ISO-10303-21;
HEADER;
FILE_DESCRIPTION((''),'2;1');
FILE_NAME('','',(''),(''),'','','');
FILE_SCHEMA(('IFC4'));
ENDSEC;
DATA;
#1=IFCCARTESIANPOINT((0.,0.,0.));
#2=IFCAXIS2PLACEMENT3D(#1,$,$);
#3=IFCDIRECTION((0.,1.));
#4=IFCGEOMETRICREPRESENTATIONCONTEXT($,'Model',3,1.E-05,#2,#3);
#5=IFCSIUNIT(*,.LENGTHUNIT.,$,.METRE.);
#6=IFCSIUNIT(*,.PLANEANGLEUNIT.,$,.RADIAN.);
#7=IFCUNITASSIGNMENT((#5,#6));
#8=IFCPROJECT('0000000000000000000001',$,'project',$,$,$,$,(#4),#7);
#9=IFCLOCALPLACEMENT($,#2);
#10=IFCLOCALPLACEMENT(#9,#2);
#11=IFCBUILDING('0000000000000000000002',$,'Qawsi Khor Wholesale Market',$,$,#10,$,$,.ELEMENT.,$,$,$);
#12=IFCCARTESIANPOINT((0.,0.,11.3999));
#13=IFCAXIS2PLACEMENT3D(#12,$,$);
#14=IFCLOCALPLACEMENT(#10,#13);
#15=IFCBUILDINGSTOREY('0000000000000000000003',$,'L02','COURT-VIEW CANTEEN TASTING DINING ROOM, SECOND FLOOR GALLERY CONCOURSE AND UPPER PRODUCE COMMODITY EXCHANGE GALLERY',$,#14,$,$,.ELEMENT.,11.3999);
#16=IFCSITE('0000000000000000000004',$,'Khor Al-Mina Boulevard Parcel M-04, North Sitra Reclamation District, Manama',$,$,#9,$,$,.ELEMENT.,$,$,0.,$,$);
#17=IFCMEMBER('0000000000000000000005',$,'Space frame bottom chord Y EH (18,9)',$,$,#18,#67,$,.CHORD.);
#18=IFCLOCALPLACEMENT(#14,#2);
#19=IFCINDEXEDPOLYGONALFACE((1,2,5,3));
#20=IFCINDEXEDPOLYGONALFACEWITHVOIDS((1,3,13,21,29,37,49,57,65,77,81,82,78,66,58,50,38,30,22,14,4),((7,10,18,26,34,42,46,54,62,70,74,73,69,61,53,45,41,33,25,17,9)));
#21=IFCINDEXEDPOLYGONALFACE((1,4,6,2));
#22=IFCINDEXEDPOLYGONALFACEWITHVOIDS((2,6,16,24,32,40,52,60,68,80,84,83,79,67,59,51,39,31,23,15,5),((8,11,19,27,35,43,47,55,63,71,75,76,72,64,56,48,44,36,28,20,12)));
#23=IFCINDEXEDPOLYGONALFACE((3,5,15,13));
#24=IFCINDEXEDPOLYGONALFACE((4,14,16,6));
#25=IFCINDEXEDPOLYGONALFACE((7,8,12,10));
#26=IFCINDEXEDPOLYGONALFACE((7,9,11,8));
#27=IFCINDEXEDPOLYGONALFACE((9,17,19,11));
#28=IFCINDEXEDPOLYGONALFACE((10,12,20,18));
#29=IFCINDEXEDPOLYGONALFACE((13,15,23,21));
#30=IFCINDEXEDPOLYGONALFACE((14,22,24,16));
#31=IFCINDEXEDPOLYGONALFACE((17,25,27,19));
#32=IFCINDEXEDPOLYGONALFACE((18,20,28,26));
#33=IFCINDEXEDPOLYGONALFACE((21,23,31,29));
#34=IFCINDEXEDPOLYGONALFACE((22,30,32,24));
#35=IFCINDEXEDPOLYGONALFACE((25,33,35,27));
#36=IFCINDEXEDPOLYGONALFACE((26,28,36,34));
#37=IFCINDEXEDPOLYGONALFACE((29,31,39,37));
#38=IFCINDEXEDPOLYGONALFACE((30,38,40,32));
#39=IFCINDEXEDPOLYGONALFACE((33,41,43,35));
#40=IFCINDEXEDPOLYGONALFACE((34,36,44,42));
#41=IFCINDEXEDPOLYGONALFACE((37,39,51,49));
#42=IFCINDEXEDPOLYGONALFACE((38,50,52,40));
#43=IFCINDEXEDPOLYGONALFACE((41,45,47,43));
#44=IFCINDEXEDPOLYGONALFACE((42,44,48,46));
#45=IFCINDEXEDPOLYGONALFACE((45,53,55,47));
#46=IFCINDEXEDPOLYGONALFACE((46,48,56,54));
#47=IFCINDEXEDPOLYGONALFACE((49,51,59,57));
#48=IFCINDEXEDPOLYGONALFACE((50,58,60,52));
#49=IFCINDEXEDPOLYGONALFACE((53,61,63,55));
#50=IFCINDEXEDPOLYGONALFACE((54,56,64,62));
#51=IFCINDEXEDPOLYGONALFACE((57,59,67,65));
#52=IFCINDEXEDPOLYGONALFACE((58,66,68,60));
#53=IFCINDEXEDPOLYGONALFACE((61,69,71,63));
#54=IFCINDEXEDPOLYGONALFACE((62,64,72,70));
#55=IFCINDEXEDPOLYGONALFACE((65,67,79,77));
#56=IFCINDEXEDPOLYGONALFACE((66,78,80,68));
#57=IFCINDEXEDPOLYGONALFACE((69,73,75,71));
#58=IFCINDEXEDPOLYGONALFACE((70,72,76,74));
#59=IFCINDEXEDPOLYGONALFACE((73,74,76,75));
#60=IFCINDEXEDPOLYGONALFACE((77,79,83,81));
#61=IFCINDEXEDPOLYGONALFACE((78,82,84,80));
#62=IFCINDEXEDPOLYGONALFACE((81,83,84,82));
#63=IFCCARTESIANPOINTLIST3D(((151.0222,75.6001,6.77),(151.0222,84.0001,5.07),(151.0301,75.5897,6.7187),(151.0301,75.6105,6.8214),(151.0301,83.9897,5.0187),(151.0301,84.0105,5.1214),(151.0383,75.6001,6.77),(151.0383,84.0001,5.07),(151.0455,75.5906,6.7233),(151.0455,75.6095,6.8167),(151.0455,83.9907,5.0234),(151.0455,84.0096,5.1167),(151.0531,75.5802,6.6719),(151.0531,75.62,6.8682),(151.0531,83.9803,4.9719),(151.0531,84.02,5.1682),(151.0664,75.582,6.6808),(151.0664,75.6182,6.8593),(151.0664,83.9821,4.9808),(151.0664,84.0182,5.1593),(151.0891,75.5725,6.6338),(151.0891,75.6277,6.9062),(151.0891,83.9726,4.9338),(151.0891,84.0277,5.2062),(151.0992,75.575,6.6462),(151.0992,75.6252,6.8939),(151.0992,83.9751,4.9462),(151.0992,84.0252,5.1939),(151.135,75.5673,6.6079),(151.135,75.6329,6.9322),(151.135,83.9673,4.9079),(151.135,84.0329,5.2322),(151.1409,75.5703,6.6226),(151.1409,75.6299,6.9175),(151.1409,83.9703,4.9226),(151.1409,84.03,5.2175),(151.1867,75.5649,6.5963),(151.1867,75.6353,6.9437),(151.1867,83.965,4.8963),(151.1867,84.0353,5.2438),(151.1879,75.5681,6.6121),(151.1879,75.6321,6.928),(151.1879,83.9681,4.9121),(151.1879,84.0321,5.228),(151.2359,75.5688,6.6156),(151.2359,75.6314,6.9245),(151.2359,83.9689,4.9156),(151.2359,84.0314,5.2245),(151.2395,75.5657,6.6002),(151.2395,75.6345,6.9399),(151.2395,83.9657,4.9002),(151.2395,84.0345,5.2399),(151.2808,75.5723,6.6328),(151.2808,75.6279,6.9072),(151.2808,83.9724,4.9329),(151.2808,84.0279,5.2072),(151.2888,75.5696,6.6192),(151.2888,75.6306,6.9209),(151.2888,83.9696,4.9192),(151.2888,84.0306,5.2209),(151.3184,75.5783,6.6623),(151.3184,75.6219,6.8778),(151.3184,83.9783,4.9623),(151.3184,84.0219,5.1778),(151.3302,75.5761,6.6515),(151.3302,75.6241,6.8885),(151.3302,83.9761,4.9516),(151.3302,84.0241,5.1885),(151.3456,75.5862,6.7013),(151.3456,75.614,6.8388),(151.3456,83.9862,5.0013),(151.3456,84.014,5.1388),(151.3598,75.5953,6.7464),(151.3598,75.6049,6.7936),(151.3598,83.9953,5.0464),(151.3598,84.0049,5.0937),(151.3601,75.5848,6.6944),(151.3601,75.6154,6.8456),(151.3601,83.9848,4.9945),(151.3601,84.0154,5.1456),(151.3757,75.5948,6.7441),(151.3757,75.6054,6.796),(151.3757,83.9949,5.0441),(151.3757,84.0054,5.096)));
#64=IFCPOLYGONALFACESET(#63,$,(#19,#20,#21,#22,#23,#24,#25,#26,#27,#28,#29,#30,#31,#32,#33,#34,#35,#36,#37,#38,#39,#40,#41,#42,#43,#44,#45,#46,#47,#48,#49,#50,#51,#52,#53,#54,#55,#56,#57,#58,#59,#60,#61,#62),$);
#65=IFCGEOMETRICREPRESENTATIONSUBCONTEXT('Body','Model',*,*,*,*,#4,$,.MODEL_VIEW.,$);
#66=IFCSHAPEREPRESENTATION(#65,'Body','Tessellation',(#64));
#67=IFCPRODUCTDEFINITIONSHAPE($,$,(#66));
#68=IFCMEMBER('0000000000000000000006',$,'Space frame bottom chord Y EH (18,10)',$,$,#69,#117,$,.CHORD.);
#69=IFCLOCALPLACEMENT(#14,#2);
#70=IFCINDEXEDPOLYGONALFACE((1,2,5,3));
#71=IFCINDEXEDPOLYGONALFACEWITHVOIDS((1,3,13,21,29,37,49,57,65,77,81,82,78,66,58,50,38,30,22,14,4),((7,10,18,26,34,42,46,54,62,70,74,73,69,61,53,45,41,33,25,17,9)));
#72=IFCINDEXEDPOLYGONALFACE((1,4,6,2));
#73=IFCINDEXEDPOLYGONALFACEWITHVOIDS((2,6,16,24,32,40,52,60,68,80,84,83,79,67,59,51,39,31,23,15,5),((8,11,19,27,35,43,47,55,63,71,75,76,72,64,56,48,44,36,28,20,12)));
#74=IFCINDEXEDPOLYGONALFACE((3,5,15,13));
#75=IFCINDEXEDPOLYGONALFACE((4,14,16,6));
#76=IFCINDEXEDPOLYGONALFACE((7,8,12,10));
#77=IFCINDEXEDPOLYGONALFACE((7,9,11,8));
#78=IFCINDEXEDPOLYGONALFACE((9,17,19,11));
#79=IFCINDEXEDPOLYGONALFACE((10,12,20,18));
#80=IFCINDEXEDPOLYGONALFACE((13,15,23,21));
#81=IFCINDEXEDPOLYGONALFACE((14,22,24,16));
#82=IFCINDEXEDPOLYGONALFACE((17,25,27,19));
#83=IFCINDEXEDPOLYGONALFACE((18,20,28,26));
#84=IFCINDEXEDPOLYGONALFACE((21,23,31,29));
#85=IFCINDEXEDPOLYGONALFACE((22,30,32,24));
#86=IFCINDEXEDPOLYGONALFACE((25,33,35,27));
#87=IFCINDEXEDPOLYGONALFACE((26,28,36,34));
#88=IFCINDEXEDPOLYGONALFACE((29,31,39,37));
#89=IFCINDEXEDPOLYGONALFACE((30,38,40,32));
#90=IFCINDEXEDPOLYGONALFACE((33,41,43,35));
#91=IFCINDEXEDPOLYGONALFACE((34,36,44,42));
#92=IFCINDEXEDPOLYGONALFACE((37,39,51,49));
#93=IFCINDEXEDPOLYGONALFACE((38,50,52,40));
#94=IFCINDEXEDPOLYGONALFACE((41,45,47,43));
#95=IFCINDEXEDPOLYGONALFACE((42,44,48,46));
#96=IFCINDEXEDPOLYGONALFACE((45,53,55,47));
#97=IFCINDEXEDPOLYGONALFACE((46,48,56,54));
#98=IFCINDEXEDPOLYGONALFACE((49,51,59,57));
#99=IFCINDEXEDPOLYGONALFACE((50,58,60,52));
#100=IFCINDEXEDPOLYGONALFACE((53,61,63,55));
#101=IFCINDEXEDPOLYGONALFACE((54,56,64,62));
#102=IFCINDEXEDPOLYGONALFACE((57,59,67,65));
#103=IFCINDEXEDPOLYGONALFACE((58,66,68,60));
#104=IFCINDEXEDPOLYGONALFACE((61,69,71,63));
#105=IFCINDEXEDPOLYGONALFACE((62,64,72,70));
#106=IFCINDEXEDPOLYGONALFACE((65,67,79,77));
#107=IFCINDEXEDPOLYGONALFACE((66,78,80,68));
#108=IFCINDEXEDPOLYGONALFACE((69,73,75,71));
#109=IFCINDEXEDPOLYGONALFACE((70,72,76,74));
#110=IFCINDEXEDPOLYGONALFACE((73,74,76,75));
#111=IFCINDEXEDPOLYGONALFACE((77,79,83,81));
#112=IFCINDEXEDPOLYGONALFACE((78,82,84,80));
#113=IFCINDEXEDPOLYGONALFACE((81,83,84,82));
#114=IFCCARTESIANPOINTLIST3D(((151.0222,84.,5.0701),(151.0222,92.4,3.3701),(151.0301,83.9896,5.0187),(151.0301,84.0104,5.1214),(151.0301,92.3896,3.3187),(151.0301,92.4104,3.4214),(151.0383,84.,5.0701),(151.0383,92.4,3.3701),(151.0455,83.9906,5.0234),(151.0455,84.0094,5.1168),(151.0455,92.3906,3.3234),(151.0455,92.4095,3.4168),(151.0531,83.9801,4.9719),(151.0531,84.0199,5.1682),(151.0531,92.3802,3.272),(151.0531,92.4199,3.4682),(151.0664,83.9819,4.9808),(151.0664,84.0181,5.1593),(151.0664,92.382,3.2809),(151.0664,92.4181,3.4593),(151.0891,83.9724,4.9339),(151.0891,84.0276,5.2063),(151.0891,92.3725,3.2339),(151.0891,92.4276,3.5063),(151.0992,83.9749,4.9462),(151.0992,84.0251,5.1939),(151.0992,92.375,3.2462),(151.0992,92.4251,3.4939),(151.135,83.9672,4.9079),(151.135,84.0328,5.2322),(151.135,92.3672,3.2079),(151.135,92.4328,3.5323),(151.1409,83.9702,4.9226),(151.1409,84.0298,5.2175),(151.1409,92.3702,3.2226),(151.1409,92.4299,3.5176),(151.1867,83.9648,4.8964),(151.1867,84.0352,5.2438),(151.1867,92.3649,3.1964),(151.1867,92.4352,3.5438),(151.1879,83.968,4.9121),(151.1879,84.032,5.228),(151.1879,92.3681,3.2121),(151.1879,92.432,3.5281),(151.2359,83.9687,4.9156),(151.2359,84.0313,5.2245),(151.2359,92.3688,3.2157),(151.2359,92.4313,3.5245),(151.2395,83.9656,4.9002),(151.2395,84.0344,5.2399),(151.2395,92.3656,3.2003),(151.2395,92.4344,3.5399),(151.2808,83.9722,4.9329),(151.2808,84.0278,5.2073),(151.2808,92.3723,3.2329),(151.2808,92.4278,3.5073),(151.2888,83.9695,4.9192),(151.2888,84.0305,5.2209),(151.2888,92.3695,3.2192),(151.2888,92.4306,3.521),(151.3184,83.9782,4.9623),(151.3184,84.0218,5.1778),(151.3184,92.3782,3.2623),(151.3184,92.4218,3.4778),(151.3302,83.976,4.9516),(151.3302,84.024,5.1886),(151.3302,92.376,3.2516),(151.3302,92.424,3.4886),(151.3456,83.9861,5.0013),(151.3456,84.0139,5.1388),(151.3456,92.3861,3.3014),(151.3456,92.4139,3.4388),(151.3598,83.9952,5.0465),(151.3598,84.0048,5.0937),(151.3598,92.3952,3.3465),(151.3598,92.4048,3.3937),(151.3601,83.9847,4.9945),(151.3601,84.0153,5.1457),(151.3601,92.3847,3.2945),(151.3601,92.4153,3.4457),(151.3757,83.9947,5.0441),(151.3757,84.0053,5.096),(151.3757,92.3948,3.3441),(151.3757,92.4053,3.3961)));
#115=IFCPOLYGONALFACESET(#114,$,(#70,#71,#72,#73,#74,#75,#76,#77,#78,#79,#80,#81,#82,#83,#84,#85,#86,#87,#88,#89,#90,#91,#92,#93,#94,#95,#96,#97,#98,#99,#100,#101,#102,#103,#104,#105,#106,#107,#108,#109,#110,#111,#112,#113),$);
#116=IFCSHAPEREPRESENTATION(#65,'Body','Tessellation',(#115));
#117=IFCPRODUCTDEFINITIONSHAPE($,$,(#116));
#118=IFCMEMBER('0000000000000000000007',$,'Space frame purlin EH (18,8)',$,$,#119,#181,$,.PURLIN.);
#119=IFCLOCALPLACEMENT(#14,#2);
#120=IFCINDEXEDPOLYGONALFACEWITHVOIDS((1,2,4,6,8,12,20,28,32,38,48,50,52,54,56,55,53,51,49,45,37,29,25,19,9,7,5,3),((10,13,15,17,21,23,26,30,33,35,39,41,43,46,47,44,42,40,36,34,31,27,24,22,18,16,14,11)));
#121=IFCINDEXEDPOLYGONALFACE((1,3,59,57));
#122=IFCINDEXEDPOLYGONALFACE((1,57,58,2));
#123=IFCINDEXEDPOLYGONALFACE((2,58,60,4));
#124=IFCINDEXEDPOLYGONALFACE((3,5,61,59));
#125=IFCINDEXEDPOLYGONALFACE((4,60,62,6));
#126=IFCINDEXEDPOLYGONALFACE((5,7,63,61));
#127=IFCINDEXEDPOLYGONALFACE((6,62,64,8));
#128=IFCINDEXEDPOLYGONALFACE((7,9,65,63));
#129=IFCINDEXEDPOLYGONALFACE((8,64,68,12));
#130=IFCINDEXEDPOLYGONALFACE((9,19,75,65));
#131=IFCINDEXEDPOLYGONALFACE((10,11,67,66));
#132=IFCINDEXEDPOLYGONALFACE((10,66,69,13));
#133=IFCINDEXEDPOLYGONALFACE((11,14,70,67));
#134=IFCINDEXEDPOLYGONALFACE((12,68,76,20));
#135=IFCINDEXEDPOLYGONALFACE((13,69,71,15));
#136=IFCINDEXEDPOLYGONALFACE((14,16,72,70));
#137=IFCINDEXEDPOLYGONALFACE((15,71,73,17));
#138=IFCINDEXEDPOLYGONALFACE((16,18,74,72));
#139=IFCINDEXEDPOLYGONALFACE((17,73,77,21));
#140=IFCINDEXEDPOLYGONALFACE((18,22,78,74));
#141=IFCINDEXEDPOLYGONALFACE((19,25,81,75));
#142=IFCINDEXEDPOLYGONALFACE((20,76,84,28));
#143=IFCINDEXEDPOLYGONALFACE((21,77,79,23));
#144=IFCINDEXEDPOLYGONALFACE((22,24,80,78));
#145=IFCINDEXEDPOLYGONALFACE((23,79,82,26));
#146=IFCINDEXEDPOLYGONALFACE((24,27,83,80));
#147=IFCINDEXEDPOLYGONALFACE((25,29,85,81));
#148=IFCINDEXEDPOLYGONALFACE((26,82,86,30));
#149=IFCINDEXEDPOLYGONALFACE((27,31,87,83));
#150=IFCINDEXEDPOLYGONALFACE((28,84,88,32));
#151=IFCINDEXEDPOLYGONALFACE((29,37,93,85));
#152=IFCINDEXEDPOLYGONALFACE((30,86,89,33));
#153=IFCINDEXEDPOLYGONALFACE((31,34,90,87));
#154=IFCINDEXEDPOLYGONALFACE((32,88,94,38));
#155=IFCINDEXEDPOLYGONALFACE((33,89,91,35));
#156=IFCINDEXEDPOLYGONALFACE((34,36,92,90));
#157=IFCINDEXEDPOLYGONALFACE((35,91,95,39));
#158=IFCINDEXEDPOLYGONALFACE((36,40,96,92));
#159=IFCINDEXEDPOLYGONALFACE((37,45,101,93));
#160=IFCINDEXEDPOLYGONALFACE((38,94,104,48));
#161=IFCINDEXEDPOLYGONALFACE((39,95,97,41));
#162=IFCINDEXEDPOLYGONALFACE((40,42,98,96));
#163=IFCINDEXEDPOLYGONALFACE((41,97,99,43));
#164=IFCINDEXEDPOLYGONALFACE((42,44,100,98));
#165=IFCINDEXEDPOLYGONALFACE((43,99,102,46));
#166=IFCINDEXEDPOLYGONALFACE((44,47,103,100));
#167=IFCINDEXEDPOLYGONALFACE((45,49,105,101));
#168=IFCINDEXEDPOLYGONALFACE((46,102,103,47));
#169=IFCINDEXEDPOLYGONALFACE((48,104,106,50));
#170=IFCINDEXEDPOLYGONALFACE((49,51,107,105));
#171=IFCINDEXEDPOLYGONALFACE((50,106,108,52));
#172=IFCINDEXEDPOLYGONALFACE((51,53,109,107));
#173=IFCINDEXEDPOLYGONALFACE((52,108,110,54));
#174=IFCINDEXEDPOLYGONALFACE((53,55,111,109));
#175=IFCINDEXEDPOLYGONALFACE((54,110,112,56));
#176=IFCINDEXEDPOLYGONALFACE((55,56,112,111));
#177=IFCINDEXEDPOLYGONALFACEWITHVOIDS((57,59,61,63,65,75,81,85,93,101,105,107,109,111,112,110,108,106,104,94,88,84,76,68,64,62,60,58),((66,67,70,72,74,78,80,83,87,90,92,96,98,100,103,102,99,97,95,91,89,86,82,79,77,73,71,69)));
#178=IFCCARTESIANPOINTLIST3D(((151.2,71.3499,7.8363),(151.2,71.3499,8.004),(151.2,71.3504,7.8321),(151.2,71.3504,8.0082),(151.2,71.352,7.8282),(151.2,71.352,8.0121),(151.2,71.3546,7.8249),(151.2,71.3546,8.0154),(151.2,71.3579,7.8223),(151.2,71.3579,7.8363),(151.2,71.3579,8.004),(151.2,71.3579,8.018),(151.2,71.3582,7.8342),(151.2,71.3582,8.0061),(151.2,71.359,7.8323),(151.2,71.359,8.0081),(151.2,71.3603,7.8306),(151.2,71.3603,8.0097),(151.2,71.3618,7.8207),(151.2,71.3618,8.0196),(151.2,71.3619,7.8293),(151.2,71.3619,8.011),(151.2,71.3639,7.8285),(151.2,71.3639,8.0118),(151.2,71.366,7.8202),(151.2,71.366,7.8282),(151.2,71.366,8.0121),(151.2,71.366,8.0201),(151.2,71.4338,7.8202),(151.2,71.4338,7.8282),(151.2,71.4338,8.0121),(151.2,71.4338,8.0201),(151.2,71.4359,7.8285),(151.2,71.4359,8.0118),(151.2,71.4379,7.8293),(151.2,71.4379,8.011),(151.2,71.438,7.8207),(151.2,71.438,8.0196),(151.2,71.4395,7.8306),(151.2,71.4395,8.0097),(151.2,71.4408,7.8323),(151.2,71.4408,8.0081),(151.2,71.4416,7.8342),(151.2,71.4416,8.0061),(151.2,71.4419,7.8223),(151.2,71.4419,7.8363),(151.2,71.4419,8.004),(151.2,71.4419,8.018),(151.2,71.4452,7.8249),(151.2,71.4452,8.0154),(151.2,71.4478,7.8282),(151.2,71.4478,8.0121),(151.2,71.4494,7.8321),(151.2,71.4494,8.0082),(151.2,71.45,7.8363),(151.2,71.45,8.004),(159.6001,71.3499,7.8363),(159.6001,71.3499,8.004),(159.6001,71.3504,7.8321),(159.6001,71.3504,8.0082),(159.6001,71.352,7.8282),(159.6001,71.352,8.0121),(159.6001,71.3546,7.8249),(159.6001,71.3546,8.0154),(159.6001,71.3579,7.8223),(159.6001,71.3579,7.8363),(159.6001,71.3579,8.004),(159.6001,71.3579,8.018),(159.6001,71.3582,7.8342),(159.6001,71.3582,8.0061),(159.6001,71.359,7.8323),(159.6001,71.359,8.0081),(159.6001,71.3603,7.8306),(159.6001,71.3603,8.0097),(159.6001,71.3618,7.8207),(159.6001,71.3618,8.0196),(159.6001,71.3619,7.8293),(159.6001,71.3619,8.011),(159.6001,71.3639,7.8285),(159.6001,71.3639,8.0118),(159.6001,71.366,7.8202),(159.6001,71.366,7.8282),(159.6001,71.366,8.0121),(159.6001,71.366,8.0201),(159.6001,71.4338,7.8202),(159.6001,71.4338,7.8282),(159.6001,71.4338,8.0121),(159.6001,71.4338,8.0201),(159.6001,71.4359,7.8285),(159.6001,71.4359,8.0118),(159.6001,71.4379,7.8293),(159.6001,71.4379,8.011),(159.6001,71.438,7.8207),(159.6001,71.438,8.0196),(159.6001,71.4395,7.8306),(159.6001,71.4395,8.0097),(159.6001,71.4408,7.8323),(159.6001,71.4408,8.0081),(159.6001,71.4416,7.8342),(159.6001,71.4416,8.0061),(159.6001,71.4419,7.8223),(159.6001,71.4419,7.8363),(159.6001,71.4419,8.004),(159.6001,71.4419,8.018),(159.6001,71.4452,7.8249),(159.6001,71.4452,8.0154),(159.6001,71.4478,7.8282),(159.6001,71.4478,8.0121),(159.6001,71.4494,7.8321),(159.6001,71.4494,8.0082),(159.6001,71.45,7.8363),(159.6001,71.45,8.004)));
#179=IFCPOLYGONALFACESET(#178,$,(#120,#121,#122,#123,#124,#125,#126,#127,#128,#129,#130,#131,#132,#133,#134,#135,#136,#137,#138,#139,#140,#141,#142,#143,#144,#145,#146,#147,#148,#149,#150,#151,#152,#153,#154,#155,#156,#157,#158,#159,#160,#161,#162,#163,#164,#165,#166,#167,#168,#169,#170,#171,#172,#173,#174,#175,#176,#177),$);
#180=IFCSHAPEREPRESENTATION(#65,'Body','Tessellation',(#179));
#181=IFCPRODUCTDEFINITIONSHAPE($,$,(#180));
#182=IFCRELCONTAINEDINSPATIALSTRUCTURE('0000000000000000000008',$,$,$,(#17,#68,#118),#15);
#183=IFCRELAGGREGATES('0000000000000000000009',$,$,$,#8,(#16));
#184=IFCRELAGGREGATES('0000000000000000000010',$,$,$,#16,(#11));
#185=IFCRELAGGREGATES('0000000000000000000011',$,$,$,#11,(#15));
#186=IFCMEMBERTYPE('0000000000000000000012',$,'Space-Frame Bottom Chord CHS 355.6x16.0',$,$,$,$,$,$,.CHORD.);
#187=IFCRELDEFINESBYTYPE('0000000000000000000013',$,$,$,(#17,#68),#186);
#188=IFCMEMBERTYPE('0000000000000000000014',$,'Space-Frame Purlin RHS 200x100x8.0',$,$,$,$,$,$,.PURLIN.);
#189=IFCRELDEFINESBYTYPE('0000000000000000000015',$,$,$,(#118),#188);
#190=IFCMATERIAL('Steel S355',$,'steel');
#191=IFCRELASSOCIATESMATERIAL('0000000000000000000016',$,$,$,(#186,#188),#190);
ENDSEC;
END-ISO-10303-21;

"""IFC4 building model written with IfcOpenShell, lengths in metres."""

from ifc_helpers import new_model, si_unit, direction, frame, origin, origin_2d, place, context, subcontext, project, spatial, hollow_rectangle, hollow_circle, extrude, material, material_profile, profile_set, type_object, element, save


model = new_model("IFC4")

# Units and contexts
model_context = context("Model", 3, precision=1e-05, world=origin(), true_north=direction((0.0, 1.0)))
body_context = subcontext(model_context, "Body", "Model", "MODEL_VIEW")
ifc_project = project(units=[si_unit("LENGTHUNIT", "METRE"), si_unit("PLANEANGLEUNIT", "RADIAN")], contexts=[model_context])

# Site, building, storey
site_placement = place(None, origin())
site = spatial("IfcSite", under=ifc_project, at=site_placement, Name="Khor Al-Mina Boulevard Parcel M-04, North Sitra Reclamation District, Manama", CompositionType="ELEMENT", RefElevation=0.0)
building_placement = place(site_placement, origin())
building = spatial("IfcBuilding", under=site, at=building_placement, Name="Qawsi Khor Wholesale Market", CompositionType="ELEMENT")
storey_placement = place(building_placement, frame((0.0, 0.0, 11.3999)))
storey = spatial("IfcBuildingStorey", under=building, at=storey_placement, Name="L02", Description="COURT-VIEW CANTEEN TASTING DINING ROOM, SECOND FLOOR GALLERY CONCOURSE AND UPPER PRODUCE COMMODITY EXCHANGE GALLERY", CompositionType="ELEMENT", Elevation=11.3999)

# Members
ifc_material_1 = material(Name="Steel S355", Category="steel")
ifc_material_profile_1 = material_profile(ifc_material_1, hollow_circle(Radius=0.1777, WallThickness=0.0161, at=origin_2d()), Name="CHS 355.6x16.0")
ifc_profile_set_1 = profile_set([ifc_material_profile_1], Name="Steel S355")
member_type_1 = type_object("IfcMemberType", Name="Space-Frame Bottom Chord CHS 355.6x16.0", PredefinedType="CHORD", material=ifc_profile_set_1)
for number, where, z_axis, x_axis, name in (
    (1, (151.2, 75.6001, 6.77), (0.0, 0.98013, -0.198356), (-1.0, 0.0, 0.0), "Space frame bottom chord Y EH (18,9)"),
    (2, (151.2, 84.0, 5.0701), (0.0, 0.98013, -0.198356), (-1.0, 0.0, 0.0), "Space frame bottom chord Y EH (18,10)"),
):
    element("IfcMember", number, at=place(storey_placement, frame(where, z_axis=z_axis, x_axis=x_axis)), inside=storey, type_object=member_type_1, Name=name, PredefinedType="CHORD", context=body_context, shape_type="SweptSolid", body=[
        extrude(hollow_circle(Radius=0.1777, WallThickness=0.0161, at=origin_2d()), origin(), (0.0, 0.0, 1.0), 8.5703),
    ])
ifc_material_profile_2 = material_profile(ifc_material_1, hollow_rectangle(XDim=0.1001, YDim=0.2, WallThickness=0.0081, InnerFilletRadius=0.0081, OuterFilletRadius=0.0161, at=origin_2d()), Name="RHS 200x100x8.0")
ifc_profile_set_2 = profile_set([ifc_material_profile_2], Name="Steel S355")
member_type_2 = type_object("IfcMemberType", Name="Space-Frame Purlin RHS 200x100x8.0", PredefinedType="PURLIN", material=ifc_profile_set_2)
for number, where, z_axis, x_axis, name in (
    (3, (151.2, 71.3999, 7.9202), (1.0, 0.0, 0.0), (0.0, 1.0, 0.0), "Space frame purlin EH (18,8)"),
):
    element("IfcMember", number, at=place(storey_placement, frame(where, z_axis=z_axis, x_axis=x_axis)), inside=storey, type_object=member_type_2, Name=name, PredefinedType="PURLIN", context=body_context, shape_type="SweptSolid", body=[
        extrude(hollow_rectangle(XDim=0.1001, YDim=0.2, WallThickness=0.0081, InnerFilletRadius=0.0081, OuterFilletRadius=0.0161, at=origin_2d()), origin(), (0.0, 0.0, 1.0), 8.4001),
    ])

save(model, "model.ifc")
